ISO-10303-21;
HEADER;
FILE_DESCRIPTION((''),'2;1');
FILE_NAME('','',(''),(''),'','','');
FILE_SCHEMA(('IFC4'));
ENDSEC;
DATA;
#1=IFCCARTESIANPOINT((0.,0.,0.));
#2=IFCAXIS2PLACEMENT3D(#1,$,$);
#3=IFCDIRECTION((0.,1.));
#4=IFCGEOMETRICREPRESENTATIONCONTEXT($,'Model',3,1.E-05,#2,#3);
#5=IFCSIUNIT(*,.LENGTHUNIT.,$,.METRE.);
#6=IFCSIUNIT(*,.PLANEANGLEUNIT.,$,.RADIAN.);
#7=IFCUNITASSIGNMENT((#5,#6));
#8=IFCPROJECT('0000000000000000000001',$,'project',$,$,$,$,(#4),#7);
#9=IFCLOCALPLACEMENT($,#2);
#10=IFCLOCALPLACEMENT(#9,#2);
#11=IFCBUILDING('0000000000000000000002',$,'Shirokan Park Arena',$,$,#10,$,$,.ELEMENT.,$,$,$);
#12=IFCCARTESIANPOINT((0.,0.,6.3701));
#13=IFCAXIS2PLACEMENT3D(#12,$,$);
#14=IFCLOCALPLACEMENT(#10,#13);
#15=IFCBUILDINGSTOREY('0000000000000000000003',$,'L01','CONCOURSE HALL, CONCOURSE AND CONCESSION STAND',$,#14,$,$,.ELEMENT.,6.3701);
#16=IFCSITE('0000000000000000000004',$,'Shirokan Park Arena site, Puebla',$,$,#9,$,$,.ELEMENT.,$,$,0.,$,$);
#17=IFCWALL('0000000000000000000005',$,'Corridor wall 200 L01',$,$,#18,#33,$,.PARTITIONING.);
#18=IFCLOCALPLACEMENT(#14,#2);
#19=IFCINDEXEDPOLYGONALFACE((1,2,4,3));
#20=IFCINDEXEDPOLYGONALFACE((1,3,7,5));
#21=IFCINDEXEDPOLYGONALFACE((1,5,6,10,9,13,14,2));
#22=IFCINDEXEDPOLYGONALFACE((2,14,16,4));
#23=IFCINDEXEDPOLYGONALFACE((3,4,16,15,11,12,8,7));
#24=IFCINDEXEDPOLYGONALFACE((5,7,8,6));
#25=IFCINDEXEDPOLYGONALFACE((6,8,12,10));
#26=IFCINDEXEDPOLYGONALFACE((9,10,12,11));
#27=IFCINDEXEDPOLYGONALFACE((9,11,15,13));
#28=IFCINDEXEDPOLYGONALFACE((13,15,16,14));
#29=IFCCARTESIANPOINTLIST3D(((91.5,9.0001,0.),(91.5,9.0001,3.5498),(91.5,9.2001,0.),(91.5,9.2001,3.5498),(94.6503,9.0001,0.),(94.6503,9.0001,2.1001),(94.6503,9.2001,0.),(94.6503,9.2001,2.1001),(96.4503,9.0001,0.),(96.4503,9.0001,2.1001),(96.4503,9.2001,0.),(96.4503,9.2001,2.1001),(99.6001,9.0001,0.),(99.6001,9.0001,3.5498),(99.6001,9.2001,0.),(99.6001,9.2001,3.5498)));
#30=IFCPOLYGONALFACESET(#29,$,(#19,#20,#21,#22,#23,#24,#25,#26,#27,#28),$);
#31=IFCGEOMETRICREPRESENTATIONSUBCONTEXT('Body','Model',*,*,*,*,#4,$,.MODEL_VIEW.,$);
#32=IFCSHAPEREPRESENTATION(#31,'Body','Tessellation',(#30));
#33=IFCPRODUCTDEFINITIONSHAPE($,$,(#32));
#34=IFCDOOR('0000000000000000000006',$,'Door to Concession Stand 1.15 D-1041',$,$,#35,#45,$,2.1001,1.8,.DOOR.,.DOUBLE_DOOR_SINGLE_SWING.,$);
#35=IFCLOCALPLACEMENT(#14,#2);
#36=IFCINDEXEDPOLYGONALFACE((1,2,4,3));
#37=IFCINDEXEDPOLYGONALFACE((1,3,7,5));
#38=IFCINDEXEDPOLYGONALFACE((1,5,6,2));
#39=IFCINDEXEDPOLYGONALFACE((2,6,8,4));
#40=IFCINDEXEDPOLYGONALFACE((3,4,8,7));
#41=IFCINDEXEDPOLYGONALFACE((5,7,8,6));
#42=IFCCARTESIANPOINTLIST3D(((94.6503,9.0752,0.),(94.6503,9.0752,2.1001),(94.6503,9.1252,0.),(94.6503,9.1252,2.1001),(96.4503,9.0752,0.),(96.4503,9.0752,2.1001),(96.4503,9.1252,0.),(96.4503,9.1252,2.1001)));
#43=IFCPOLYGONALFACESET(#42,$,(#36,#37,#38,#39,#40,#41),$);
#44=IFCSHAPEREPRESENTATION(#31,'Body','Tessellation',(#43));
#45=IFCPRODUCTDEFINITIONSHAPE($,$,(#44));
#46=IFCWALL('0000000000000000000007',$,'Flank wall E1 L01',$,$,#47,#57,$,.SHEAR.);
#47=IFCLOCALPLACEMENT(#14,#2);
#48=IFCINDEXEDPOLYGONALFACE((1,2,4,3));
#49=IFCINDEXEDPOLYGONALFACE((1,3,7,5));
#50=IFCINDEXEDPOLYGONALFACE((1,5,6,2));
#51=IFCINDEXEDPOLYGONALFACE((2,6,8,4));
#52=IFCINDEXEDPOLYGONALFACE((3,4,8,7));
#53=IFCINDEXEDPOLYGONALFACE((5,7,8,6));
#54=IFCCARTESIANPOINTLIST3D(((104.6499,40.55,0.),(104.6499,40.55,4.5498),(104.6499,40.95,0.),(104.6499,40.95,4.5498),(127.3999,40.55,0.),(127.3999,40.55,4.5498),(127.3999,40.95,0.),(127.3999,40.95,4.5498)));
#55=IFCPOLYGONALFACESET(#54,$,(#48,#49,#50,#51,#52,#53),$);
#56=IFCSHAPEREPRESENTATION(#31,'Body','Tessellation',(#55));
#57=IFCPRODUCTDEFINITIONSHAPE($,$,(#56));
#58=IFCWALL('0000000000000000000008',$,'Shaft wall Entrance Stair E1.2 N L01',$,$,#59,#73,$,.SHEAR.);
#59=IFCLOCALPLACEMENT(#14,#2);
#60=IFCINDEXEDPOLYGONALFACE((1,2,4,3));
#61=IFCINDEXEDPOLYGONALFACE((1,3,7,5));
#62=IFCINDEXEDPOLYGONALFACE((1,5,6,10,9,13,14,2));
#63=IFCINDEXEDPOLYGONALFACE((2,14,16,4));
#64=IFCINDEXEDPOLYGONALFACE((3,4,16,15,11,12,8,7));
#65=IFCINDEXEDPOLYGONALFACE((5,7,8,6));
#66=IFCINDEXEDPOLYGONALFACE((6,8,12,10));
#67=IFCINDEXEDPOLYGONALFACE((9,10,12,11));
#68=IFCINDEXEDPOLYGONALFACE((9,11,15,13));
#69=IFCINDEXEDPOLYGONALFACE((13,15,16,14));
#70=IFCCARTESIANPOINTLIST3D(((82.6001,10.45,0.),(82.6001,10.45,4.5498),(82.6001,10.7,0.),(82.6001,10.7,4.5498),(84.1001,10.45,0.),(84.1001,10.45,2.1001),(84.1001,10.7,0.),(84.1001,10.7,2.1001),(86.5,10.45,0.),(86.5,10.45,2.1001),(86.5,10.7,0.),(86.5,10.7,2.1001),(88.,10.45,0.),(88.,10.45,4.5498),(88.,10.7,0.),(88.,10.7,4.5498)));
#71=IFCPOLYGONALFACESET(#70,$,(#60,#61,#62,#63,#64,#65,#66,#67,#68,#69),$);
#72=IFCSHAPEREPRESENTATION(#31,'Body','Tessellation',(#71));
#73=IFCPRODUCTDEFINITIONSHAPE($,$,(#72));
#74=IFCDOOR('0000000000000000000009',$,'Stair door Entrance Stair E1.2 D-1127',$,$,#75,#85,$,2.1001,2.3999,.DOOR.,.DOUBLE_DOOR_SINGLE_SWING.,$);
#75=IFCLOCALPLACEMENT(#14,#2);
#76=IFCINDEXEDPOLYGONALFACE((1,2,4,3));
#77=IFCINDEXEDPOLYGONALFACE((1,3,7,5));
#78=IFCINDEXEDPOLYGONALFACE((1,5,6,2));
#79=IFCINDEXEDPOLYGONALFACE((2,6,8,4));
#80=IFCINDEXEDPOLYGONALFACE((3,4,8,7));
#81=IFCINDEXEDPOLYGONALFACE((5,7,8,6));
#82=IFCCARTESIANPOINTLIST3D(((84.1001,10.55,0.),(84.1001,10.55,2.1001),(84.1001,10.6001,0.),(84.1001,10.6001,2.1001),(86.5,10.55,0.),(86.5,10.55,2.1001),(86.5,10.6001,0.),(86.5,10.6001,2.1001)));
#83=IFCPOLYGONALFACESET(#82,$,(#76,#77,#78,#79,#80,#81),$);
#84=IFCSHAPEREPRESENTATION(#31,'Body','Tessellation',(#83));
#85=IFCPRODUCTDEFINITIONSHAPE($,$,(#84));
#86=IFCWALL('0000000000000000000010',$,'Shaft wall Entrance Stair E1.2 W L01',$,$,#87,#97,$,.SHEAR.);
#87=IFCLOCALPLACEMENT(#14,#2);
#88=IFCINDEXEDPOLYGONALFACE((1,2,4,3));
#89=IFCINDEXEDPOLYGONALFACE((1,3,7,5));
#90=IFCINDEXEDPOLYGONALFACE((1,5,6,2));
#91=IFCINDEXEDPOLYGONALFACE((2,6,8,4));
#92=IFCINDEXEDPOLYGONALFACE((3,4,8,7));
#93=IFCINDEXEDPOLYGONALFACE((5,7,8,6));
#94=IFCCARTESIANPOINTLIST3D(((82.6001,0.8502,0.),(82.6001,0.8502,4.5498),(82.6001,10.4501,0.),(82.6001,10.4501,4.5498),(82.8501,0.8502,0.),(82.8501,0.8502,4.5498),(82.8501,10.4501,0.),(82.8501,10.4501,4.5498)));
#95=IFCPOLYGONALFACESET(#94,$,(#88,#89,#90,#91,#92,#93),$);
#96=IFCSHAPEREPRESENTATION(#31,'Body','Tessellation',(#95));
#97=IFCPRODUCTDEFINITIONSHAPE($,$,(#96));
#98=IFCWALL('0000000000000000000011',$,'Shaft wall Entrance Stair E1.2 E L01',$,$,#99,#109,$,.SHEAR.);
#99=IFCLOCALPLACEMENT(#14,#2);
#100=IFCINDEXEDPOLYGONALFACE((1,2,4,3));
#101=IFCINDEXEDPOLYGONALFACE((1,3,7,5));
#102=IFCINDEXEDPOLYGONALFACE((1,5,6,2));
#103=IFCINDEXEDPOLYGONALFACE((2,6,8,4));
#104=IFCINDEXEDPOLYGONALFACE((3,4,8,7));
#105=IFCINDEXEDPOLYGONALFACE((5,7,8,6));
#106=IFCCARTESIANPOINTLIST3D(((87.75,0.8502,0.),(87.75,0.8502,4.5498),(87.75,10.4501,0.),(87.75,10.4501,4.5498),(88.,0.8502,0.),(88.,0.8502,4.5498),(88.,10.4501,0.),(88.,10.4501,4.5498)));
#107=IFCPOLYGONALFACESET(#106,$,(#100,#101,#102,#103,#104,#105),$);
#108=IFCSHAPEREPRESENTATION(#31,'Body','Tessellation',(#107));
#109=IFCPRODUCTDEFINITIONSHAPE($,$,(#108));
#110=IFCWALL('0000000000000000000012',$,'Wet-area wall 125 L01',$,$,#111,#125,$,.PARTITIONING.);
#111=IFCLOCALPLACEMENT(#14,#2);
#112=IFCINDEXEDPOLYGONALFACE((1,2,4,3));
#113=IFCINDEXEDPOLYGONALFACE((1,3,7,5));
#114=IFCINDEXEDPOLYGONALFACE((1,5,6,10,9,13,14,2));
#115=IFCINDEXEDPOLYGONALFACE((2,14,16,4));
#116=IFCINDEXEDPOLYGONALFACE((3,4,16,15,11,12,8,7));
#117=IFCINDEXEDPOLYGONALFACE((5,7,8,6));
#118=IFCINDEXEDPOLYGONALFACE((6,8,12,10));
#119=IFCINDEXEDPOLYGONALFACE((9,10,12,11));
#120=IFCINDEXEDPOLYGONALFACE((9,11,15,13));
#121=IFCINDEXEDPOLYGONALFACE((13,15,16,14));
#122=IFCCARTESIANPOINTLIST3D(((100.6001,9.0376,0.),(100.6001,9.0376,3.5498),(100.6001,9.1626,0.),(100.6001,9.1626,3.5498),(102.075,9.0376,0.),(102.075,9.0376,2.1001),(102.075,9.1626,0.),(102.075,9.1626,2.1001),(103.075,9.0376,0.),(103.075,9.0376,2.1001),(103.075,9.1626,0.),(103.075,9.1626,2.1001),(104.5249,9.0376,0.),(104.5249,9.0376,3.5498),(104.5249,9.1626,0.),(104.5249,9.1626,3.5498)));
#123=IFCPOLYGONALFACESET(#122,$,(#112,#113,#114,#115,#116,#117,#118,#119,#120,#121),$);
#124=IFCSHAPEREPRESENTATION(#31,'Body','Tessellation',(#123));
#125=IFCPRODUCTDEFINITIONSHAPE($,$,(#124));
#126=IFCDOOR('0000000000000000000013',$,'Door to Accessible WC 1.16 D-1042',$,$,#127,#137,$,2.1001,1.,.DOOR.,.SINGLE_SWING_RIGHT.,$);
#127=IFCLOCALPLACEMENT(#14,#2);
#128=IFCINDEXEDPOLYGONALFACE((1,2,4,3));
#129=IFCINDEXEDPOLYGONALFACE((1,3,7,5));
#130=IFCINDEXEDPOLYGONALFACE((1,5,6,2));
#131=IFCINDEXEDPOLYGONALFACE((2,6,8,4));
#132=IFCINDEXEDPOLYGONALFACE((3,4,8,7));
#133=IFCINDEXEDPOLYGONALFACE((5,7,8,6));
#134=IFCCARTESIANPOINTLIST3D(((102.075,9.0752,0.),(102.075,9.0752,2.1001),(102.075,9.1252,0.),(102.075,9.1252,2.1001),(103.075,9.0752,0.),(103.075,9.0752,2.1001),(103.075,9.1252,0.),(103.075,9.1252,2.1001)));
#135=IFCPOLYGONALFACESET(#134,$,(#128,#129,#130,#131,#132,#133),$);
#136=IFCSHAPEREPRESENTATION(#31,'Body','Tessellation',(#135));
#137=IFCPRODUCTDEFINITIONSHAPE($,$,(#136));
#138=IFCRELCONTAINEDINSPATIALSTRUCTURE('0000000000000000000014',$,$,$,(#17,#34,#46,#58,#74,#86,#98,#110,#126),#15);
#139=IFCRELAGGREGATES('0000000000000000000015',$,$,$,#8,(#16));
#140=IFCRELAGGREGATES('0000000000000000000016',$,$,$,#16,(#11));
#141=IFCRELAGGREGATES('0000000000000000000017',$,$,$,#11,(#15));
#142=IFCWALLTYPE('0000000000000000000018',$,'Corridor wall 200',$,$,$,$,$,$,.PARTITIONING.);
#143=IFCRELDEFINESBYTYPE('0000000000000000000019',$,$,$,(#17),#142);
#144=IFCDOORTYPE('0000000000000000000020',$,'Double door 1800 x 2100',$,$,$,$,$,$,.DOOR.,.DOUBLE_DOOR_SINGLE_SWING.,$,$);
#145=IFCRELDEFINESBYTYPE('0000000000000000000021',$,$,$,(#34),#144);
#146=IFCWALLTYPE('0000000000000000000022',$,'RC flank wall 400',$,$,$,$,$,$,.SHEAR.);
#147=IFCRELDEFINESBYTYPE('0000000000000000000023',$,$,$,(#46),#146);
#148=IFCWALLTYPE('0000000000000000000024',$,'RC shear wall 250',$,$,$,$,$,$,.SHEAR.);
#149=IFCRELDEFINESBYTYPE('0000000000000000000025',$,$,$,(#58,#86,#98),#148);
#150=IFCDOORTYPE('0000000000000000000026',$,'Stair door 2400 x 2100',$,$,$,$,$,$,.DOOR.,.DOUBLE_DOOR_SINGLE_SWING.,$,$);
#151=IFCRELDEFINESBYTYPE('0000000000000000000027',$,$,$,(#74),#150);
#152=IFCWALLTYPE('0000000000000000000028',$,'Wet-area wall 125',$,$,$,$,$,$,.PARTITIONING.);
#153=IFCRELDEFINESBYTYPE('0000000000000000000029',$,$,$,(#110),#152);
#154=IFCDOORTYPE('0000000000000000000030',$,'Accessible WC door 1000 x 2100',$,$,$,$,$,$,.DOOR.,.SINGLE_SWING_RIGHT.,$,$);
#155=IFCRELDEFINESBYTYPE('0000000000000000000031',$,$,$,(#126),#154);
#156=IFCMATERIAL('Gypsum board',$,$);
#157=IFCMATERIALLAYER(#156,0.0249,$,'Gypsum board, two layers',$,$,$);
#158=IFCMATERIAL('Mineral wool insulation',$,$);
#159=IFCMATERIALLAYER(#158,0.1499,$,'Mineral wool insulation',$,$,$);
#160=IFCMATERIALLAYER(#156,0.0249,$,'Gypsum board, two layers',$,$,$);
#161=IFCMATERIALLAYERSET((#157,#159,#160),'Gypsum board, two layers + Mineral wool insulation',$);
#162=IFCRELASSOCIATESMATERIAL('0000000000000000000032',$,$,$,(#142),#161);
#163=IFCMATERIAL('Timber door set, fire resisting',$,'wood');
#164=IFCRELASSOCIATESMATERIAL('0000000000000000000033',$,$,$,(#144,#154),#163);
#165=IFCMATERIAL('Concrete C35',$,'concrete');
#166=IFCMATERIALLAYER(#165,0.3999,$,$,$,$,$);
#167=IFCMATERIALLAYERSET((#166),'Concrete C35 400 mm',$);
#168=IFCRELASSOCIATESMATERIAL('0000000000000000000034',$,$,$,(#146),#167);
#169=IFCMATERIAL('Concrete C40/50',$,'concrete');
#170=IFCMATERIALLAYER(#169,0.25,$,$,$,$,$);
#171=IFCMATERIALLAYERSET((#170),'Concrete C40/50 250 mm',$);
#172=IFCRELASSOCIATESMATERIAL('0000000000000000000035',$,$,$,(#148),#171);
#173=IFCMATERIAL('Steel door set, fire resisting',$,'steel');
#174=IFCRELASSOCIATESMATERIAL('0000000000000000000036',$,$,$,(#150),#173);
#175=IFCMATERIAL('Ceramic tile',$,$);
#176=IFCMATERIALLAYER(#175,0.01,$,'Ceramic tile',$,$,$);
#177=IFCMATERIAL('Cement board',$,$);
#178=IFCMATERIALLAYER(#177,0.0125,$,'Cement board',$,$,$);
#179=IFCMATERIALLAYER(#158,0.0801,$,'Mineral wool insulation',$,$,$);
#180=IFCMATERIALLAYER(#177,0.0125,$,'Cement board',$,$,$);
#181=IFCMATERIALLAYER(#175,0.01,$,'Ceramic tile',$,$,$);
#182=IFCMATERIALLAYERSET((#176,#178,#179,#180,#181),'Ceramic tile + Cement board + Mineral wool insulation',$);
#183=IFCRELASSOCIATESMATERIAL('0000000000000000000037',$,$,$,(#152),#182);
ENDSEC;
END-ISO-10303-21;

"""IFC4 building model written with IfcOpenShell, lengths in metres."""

from ifc_helpers import new_model, si_unit, direction, frame, frame_2d, origin, place, context, subcontext, project, spatial, rectangle, extrude, material, layer, layer_set, type_object, element, fill, save


model = new_model("IFC4")

# Units and contexts
model_context = context("Model", 3, precision=1e-05, world=origin(), true_north=direction((0.0, 1.0)))
body_context = subcontext(model_context, "Body", "Model", "MODEL_VIEW")
ifc_project = project(units=[si_unit("LENGTHUNIT", "METRE"), si_unit("PLANEANGLEUNIT", "RADIAN")], contexts=[model_context])

# Site, building, storey
site_placement = place(None, origin())
site = spatial("IfcSite", under=ifc_project, at=site_placement, Name="Shirokan Park Arena site, Puebla", CompositionType="ELEMENT", RefElevation=0.0)
building_placement = place(site_placement, origin())
building = spatial("IfcBuilding", under=site, at=building_placement, Name="Shirokan Park Arena", CompositionType="ELEMENT")
storey_placement = place(building_placement, frame((0.0, 0.0, 6.3701)))
storey = spatial("IfcBuildingStorey", under=building, at=storey_placement, Name="L01", Description="CONCOURSE HALL, CONCOURSE AND CONCESSION STAND", CompositionType="ELEMENT", Elevation=6.3701)

# Shared definitions
ifc_material_1 = material(Name="Concrete C35", Category="concrete")

# Shared definitions
ifc_material_2 = material(Name="Gypsum board")
ifc_layer_1 = layer(ifc_material_2, 0.0249, Name="Gypsum board, two layers")
ifc_material_3 = material(Name="Mineral wool insulation")
ifc_layer_2 = layer(ifc_material_3, 0.1499, Name="Mineral wool insulation")
ifc_layer_3 = layer(ifc_material_2, 0.0249, Name="Gypsum board, two layers")
ifc_layer_set_1 = layer_set([ifc_layer_1, ifc_layer_2, ifc_layer_3], Name="Gypsum board, two layers + Mineral wool insulation")
wall_type_1 = type_object("IfcWallType", Name="Corridor wall 200", PredefinedType="PARTITIONING", material=ifc_layer_set_1)

# Wall, opening, door
wall_1_placement = place(storey_placement, frame((99.6001, 9.1001, 0.0), z_axis=(0.0, 0.0, 1.0), x_axis=(-1.0, 0.0, 0.0)))
wall_1 = element("IfcWall", 1, at=wall_1_placement, inside=storey, type_object=wall_type_1, Name="Corridor wall 200 L01", PredefinedType="PARTITIONING", context=body_context, shape_type="SweptSolid", body=[
    extrude(rectangle(XDim=8.1001, YDim=0.2, at=frame_2d((4.05, 0.0))), origin(), (0.0, 0.0, 1.0), 3.5498),
])
opening_1_placement = place(wall_1_placement, frame((3.1499, 0.0, 0.0)))
opening_1 = element("IfcOpeningElement", 2, at=opening_1_placement, cuts=wall_1, PredefinedType="OPENING", context=body_context, shape_type="SweptSolid", body=[
    extrude(rectangle(XDim=1.8, YDim=2.1001, at=frame_2d((0.8999, 1.05))), frame((0.0, 0.1099, 0.0), z_axis=(0.0, -1.0, 0.0), x_axis=(1.0, 0.0, 0.0)), (0.0, 0.0, 1.0), 0.22),
])
ifc_material_4 = material(Name="Timber door set, fire resisting", Category="wood")
door_type_1 = type_object("IfcDoorType", Name="Double door 1800 x 2100", OperationType="DOUBLE_DOOR_SINGLE_SWING", PredefinedType="DOOR", material=ifc_material_4)
door_1_placement = place(opening_1_placement, origin())
door_1 = element("IfcDoor", 3, at=door_1_placement, inside=storey, type_object=door_type_1, Name="Door to Concession Stand 1.15 D-1041", OperationType="DOUBLE_DOOR_SINGLE_SWING", OverallHeight=2.1001, OverallWidth=1.8, PredefinedType="DOOR", context=body_context, shape_type="SweptSolid", body=[
    extrude(rectangle(XDim=1.8, YDim=2.1001, at=frame_2d((0.8999, 1.05))), frame((0.0, 0.0249, 0.0), z_axis=(0.0, -1.0, 0.0), x_axis=(1.0, 0.0, 0.0)), (0.0, 0.0, 1.0), 0.05),
])
fill(opening_1, door_1)

# Wall
ifc_layer_4 = layer(ifc_material_1, 0.3999)
ifc_layer_set_2 = layer_set([ifc_layer_4], Name="Concrete C35 400 mm")
wall_type_2 = type_object("IfcWallType", Name="RC flank wall 400", PredefinedType="SHEAR", material=ifc_layer_set_2)
wall_2_placement = place(storey_placement, frame((104.6499, 40.75, 0.0), z_axis=(0.0, 0.0, 1.0), x_axis=(1.0, 0.0, 0.0)))
element("IfcWall", 4, at=wall_2_placement, inside=storey, type_object=wall_type_2, Name="Flank wall E1 L01", PredefinedType="SHEAR", context=body_context, shape_type="SweptSolid", body=[
    extrude(rectangle(XDim=22.75, YDim=0.3999, at=frame_2d((11.375, 0.0))), origin(), (0.0, 0.0, 1.0), 4.5498),
])

# Wall, opening, door
ifc_material_5 = material(Name="Concrete C40/50", Category="concrete")
ifc_layer_5 = layer(ifc_material_5, 0.25)
ifc_layer_set_3 = layer_set([ifc_layer_5], Name="Concrete C40/50 250 mm")
wall_type_3 = type_object("IfcWallType", Name="RC shear wall 250", PredefinedType="SHEAR", material=ifc_layer_set_3)
wall_3_placement = place(storey_placement, frame((88.0, 10.575, 0.0), z_axis=(0.0, 0.0, 1.0), x_axis=(-1.0, 0.0, 0.0)))
wall_3 = element("IfcWall", 5, at=wall_3_placement, inside=storey, type_object=wall_type_3, Name="Shaft wall Entrance Stair E1.2 N L01", PredefinedType="SHEAR", context=body_context, shape_type="SweptSolid", body=[
    extrude(rectangle(XDim=5.3999, YDim=0.25, at=frame_2d((2.7, 0.0))), origin(), (0.0, 0.0, 1.0), 4.5498),
])
opening_2_placement = place(wall_3_placement, frame((1.5, 0.0, 0.0)))
opening_2 = element("IfcOpeningElement", 6, at=opening_2_placement, cuts=wall_3, PredefinedType="OPENING", context=body_context, shape_type="SweptSolid", body=[
    extrude(rectangle(XDim=2.3999, YDim=2.1001, at=frame_2d((1.2, 1.05))), frame((0.0, 0.135, 0.0), z_axis=(0.0, -1.0, 0.0), x_axis=(1.0, 0.0, 0.0)), (0.0, 0.0, 1.0), 0.27),
])
ifc_material_6 = material(Name="Steel door set, fire resisting", Category="steel")
door_type_2 = type_object("IfcDoorType", Name="Stair door 2400 x 2100", OperationType="DOUBLE_DOOR_SINGLE_SWING", PredefinedType="DOOR", material=ifc_material_6)
door_2_placement = place(opening_2_placement, origin())
door_2 = element("IfcDoor", 7, at=door_2_placement, inside=storey, type_object=door_type_2, Name="Stair door Entrance Stair E1.2 D-1127", OperationType="DOUBLE_DOOR_SINGLE_SWING", OverallHeight=2.1001, OverallWidth=2.3999, PredefinedType="DOOR", context=body_context, shape_type="SweptSolid", body=[
    extrude(rectangle(XDim=2.3999, YDim=2.1001, at=frame_2d((1.2, 1.05))), frame((0.0, 0.0249, 0.0), z_axis=(0.0, -1.0, 0.0), x_axis=(1.0, 0.0, 0.0)), (0.0, 0.0, 1.0), 0.05),
])
fill(opening_2, door_2)

# Walls
for number, where, z_axis, x_axis, name in (
    (8, (82.7251, 10.45, 0.0), (0.0, 0.0, 1.0), (0.0, -1.0, 0.0), "Shaft wall Entrance Stair E1.2 W L01"),
    (9, (87.875, 10.45, 0.0), (0.0, 0.0, 1.0), (0.0, -1.0, 0.0), "Shaft wall Entrance Stair E1.2 E L01"),
):
    element("IfcWall", number, at=place(storey_placement, frame(where, z_axis=z_axis, x_axis=x_axis)), inside=storey, type_object=wall_type_3, Name=name, PredefinedType="SHEAR", context=body_context, shape_type="SweptSolid", body=[
        extrude(rectangle(XDim=9.5999, YDim=0.25, at=frame_2d((4.7998, 0.0))), origin(), (0.0, 0.0, 1.0), 4.5498),
    ])

# Wall, opening, door
ifc_material_7 = material(Name="Ceramic tile")
ifc_layer_6 = layer(ifc_material_7, 0.01, Name="Ceramic tile")
ifc_material_8 = material(Name="Cement board")
ifc_layer_7 = layer(ifc_material_8, 0.0125, Name="Cement board")
ifc_layer_8 = layer(ifc_material_3, 0.0801, Name="Mineral wool insulation")
ifc_layer_9 = layer(ifc_material_8, 0.0125, Name="Cement board")
ifc_layer_10 = layer(ifc_material_7, 0.01, Name="Ceramic tile")
ifc_layer_set_4 = layer_set([ifc_layer_6, ifc_layer_7, ifc_layer_8, ifc_layer_9, ifc_layer_10], Name="Ceramic tile + Cement board + Mineral wool insulation")
wall_type_4 = type_object("IfcWallType", Name="Wet-area wall 125", PredefinedType="PARTITIONING", material=ifc_layer_set_4)
wall_4_placement = place(storey_placement, frame((104.5249, 9.1001, 0.0), z_axis=(0.0, 0.0, 1.0), x_axis=(-1.0, 0.0, 0.0)))
wall_4 = element("IfcWall", 10, at=wall_4_placement, inside=storey, type_object=wall_type_4, Name="Wet-area wall 125 L01", PredefinedType="PARTITIONING", context=body_context, shape_type="SweptSolid", body=[
    extrude(rectangle(XDim=3.9248, YDim=0.125, at=frame_2d((1.9624, 0.0))), origin(), (0.0, 0.0, 1.0), 3.5498),
])
opening_3_placement = place(wall_4_placement, frame((1.45, 0.0, 0.0)))
opening_3 = element("IfcOpeningElement", 11, at=opening_3_placement, cuts=wall_4, PredefinedType="OPENING", context=body_context, shape_type="SweptSolid", body=[
    extrude(rectangle(XDim=1.0, YDim=2.1001, at=frame_2d((0.5, 1.05))), frame((0.0, 0.0725, 0.0), z_axis=(0.0, -1.0, 0.0), x_axis=(1.0, 0.0, 0.0)), (0.0, 0.0, 1.0), 0.145),
])
door_type_3 = type_object("IfcDoorType", Name="Accessible WC door 1000 x 2100", OperationType="SINGLE_SWING_RIGHT", PredefinedType="DOOR", material=ifc_material_4)
door_3_placement = place(opening_3_placement, origin())
door_3 = element("IfcDoor", 12, at=door_3_placement, inside=storey, type_object=door_type_3, Name="Door to Accessible WC 1.16 D-1042", OperationType="SINGLE_SWING_RIGHT", OverallHeight=2.1001, OverallWidth=1.0, PredefinedType="DOOR", context=body_context, shape_type="SweptSolid", body=[
    extrude(rectangle(XDim=1.0, YDim=2.1001, at=frame_2d((0.5, 1.05))), frame((0.0, 0.0249, 0.0), z_axis=(0.0, -1.0, 0.0), x_axis=(1.0, 0.0, 0.0)), (0.0, 0.0, 1.0), 0.05),
])
fill(opening_3, door_3)

save(model, "model.ifc")
